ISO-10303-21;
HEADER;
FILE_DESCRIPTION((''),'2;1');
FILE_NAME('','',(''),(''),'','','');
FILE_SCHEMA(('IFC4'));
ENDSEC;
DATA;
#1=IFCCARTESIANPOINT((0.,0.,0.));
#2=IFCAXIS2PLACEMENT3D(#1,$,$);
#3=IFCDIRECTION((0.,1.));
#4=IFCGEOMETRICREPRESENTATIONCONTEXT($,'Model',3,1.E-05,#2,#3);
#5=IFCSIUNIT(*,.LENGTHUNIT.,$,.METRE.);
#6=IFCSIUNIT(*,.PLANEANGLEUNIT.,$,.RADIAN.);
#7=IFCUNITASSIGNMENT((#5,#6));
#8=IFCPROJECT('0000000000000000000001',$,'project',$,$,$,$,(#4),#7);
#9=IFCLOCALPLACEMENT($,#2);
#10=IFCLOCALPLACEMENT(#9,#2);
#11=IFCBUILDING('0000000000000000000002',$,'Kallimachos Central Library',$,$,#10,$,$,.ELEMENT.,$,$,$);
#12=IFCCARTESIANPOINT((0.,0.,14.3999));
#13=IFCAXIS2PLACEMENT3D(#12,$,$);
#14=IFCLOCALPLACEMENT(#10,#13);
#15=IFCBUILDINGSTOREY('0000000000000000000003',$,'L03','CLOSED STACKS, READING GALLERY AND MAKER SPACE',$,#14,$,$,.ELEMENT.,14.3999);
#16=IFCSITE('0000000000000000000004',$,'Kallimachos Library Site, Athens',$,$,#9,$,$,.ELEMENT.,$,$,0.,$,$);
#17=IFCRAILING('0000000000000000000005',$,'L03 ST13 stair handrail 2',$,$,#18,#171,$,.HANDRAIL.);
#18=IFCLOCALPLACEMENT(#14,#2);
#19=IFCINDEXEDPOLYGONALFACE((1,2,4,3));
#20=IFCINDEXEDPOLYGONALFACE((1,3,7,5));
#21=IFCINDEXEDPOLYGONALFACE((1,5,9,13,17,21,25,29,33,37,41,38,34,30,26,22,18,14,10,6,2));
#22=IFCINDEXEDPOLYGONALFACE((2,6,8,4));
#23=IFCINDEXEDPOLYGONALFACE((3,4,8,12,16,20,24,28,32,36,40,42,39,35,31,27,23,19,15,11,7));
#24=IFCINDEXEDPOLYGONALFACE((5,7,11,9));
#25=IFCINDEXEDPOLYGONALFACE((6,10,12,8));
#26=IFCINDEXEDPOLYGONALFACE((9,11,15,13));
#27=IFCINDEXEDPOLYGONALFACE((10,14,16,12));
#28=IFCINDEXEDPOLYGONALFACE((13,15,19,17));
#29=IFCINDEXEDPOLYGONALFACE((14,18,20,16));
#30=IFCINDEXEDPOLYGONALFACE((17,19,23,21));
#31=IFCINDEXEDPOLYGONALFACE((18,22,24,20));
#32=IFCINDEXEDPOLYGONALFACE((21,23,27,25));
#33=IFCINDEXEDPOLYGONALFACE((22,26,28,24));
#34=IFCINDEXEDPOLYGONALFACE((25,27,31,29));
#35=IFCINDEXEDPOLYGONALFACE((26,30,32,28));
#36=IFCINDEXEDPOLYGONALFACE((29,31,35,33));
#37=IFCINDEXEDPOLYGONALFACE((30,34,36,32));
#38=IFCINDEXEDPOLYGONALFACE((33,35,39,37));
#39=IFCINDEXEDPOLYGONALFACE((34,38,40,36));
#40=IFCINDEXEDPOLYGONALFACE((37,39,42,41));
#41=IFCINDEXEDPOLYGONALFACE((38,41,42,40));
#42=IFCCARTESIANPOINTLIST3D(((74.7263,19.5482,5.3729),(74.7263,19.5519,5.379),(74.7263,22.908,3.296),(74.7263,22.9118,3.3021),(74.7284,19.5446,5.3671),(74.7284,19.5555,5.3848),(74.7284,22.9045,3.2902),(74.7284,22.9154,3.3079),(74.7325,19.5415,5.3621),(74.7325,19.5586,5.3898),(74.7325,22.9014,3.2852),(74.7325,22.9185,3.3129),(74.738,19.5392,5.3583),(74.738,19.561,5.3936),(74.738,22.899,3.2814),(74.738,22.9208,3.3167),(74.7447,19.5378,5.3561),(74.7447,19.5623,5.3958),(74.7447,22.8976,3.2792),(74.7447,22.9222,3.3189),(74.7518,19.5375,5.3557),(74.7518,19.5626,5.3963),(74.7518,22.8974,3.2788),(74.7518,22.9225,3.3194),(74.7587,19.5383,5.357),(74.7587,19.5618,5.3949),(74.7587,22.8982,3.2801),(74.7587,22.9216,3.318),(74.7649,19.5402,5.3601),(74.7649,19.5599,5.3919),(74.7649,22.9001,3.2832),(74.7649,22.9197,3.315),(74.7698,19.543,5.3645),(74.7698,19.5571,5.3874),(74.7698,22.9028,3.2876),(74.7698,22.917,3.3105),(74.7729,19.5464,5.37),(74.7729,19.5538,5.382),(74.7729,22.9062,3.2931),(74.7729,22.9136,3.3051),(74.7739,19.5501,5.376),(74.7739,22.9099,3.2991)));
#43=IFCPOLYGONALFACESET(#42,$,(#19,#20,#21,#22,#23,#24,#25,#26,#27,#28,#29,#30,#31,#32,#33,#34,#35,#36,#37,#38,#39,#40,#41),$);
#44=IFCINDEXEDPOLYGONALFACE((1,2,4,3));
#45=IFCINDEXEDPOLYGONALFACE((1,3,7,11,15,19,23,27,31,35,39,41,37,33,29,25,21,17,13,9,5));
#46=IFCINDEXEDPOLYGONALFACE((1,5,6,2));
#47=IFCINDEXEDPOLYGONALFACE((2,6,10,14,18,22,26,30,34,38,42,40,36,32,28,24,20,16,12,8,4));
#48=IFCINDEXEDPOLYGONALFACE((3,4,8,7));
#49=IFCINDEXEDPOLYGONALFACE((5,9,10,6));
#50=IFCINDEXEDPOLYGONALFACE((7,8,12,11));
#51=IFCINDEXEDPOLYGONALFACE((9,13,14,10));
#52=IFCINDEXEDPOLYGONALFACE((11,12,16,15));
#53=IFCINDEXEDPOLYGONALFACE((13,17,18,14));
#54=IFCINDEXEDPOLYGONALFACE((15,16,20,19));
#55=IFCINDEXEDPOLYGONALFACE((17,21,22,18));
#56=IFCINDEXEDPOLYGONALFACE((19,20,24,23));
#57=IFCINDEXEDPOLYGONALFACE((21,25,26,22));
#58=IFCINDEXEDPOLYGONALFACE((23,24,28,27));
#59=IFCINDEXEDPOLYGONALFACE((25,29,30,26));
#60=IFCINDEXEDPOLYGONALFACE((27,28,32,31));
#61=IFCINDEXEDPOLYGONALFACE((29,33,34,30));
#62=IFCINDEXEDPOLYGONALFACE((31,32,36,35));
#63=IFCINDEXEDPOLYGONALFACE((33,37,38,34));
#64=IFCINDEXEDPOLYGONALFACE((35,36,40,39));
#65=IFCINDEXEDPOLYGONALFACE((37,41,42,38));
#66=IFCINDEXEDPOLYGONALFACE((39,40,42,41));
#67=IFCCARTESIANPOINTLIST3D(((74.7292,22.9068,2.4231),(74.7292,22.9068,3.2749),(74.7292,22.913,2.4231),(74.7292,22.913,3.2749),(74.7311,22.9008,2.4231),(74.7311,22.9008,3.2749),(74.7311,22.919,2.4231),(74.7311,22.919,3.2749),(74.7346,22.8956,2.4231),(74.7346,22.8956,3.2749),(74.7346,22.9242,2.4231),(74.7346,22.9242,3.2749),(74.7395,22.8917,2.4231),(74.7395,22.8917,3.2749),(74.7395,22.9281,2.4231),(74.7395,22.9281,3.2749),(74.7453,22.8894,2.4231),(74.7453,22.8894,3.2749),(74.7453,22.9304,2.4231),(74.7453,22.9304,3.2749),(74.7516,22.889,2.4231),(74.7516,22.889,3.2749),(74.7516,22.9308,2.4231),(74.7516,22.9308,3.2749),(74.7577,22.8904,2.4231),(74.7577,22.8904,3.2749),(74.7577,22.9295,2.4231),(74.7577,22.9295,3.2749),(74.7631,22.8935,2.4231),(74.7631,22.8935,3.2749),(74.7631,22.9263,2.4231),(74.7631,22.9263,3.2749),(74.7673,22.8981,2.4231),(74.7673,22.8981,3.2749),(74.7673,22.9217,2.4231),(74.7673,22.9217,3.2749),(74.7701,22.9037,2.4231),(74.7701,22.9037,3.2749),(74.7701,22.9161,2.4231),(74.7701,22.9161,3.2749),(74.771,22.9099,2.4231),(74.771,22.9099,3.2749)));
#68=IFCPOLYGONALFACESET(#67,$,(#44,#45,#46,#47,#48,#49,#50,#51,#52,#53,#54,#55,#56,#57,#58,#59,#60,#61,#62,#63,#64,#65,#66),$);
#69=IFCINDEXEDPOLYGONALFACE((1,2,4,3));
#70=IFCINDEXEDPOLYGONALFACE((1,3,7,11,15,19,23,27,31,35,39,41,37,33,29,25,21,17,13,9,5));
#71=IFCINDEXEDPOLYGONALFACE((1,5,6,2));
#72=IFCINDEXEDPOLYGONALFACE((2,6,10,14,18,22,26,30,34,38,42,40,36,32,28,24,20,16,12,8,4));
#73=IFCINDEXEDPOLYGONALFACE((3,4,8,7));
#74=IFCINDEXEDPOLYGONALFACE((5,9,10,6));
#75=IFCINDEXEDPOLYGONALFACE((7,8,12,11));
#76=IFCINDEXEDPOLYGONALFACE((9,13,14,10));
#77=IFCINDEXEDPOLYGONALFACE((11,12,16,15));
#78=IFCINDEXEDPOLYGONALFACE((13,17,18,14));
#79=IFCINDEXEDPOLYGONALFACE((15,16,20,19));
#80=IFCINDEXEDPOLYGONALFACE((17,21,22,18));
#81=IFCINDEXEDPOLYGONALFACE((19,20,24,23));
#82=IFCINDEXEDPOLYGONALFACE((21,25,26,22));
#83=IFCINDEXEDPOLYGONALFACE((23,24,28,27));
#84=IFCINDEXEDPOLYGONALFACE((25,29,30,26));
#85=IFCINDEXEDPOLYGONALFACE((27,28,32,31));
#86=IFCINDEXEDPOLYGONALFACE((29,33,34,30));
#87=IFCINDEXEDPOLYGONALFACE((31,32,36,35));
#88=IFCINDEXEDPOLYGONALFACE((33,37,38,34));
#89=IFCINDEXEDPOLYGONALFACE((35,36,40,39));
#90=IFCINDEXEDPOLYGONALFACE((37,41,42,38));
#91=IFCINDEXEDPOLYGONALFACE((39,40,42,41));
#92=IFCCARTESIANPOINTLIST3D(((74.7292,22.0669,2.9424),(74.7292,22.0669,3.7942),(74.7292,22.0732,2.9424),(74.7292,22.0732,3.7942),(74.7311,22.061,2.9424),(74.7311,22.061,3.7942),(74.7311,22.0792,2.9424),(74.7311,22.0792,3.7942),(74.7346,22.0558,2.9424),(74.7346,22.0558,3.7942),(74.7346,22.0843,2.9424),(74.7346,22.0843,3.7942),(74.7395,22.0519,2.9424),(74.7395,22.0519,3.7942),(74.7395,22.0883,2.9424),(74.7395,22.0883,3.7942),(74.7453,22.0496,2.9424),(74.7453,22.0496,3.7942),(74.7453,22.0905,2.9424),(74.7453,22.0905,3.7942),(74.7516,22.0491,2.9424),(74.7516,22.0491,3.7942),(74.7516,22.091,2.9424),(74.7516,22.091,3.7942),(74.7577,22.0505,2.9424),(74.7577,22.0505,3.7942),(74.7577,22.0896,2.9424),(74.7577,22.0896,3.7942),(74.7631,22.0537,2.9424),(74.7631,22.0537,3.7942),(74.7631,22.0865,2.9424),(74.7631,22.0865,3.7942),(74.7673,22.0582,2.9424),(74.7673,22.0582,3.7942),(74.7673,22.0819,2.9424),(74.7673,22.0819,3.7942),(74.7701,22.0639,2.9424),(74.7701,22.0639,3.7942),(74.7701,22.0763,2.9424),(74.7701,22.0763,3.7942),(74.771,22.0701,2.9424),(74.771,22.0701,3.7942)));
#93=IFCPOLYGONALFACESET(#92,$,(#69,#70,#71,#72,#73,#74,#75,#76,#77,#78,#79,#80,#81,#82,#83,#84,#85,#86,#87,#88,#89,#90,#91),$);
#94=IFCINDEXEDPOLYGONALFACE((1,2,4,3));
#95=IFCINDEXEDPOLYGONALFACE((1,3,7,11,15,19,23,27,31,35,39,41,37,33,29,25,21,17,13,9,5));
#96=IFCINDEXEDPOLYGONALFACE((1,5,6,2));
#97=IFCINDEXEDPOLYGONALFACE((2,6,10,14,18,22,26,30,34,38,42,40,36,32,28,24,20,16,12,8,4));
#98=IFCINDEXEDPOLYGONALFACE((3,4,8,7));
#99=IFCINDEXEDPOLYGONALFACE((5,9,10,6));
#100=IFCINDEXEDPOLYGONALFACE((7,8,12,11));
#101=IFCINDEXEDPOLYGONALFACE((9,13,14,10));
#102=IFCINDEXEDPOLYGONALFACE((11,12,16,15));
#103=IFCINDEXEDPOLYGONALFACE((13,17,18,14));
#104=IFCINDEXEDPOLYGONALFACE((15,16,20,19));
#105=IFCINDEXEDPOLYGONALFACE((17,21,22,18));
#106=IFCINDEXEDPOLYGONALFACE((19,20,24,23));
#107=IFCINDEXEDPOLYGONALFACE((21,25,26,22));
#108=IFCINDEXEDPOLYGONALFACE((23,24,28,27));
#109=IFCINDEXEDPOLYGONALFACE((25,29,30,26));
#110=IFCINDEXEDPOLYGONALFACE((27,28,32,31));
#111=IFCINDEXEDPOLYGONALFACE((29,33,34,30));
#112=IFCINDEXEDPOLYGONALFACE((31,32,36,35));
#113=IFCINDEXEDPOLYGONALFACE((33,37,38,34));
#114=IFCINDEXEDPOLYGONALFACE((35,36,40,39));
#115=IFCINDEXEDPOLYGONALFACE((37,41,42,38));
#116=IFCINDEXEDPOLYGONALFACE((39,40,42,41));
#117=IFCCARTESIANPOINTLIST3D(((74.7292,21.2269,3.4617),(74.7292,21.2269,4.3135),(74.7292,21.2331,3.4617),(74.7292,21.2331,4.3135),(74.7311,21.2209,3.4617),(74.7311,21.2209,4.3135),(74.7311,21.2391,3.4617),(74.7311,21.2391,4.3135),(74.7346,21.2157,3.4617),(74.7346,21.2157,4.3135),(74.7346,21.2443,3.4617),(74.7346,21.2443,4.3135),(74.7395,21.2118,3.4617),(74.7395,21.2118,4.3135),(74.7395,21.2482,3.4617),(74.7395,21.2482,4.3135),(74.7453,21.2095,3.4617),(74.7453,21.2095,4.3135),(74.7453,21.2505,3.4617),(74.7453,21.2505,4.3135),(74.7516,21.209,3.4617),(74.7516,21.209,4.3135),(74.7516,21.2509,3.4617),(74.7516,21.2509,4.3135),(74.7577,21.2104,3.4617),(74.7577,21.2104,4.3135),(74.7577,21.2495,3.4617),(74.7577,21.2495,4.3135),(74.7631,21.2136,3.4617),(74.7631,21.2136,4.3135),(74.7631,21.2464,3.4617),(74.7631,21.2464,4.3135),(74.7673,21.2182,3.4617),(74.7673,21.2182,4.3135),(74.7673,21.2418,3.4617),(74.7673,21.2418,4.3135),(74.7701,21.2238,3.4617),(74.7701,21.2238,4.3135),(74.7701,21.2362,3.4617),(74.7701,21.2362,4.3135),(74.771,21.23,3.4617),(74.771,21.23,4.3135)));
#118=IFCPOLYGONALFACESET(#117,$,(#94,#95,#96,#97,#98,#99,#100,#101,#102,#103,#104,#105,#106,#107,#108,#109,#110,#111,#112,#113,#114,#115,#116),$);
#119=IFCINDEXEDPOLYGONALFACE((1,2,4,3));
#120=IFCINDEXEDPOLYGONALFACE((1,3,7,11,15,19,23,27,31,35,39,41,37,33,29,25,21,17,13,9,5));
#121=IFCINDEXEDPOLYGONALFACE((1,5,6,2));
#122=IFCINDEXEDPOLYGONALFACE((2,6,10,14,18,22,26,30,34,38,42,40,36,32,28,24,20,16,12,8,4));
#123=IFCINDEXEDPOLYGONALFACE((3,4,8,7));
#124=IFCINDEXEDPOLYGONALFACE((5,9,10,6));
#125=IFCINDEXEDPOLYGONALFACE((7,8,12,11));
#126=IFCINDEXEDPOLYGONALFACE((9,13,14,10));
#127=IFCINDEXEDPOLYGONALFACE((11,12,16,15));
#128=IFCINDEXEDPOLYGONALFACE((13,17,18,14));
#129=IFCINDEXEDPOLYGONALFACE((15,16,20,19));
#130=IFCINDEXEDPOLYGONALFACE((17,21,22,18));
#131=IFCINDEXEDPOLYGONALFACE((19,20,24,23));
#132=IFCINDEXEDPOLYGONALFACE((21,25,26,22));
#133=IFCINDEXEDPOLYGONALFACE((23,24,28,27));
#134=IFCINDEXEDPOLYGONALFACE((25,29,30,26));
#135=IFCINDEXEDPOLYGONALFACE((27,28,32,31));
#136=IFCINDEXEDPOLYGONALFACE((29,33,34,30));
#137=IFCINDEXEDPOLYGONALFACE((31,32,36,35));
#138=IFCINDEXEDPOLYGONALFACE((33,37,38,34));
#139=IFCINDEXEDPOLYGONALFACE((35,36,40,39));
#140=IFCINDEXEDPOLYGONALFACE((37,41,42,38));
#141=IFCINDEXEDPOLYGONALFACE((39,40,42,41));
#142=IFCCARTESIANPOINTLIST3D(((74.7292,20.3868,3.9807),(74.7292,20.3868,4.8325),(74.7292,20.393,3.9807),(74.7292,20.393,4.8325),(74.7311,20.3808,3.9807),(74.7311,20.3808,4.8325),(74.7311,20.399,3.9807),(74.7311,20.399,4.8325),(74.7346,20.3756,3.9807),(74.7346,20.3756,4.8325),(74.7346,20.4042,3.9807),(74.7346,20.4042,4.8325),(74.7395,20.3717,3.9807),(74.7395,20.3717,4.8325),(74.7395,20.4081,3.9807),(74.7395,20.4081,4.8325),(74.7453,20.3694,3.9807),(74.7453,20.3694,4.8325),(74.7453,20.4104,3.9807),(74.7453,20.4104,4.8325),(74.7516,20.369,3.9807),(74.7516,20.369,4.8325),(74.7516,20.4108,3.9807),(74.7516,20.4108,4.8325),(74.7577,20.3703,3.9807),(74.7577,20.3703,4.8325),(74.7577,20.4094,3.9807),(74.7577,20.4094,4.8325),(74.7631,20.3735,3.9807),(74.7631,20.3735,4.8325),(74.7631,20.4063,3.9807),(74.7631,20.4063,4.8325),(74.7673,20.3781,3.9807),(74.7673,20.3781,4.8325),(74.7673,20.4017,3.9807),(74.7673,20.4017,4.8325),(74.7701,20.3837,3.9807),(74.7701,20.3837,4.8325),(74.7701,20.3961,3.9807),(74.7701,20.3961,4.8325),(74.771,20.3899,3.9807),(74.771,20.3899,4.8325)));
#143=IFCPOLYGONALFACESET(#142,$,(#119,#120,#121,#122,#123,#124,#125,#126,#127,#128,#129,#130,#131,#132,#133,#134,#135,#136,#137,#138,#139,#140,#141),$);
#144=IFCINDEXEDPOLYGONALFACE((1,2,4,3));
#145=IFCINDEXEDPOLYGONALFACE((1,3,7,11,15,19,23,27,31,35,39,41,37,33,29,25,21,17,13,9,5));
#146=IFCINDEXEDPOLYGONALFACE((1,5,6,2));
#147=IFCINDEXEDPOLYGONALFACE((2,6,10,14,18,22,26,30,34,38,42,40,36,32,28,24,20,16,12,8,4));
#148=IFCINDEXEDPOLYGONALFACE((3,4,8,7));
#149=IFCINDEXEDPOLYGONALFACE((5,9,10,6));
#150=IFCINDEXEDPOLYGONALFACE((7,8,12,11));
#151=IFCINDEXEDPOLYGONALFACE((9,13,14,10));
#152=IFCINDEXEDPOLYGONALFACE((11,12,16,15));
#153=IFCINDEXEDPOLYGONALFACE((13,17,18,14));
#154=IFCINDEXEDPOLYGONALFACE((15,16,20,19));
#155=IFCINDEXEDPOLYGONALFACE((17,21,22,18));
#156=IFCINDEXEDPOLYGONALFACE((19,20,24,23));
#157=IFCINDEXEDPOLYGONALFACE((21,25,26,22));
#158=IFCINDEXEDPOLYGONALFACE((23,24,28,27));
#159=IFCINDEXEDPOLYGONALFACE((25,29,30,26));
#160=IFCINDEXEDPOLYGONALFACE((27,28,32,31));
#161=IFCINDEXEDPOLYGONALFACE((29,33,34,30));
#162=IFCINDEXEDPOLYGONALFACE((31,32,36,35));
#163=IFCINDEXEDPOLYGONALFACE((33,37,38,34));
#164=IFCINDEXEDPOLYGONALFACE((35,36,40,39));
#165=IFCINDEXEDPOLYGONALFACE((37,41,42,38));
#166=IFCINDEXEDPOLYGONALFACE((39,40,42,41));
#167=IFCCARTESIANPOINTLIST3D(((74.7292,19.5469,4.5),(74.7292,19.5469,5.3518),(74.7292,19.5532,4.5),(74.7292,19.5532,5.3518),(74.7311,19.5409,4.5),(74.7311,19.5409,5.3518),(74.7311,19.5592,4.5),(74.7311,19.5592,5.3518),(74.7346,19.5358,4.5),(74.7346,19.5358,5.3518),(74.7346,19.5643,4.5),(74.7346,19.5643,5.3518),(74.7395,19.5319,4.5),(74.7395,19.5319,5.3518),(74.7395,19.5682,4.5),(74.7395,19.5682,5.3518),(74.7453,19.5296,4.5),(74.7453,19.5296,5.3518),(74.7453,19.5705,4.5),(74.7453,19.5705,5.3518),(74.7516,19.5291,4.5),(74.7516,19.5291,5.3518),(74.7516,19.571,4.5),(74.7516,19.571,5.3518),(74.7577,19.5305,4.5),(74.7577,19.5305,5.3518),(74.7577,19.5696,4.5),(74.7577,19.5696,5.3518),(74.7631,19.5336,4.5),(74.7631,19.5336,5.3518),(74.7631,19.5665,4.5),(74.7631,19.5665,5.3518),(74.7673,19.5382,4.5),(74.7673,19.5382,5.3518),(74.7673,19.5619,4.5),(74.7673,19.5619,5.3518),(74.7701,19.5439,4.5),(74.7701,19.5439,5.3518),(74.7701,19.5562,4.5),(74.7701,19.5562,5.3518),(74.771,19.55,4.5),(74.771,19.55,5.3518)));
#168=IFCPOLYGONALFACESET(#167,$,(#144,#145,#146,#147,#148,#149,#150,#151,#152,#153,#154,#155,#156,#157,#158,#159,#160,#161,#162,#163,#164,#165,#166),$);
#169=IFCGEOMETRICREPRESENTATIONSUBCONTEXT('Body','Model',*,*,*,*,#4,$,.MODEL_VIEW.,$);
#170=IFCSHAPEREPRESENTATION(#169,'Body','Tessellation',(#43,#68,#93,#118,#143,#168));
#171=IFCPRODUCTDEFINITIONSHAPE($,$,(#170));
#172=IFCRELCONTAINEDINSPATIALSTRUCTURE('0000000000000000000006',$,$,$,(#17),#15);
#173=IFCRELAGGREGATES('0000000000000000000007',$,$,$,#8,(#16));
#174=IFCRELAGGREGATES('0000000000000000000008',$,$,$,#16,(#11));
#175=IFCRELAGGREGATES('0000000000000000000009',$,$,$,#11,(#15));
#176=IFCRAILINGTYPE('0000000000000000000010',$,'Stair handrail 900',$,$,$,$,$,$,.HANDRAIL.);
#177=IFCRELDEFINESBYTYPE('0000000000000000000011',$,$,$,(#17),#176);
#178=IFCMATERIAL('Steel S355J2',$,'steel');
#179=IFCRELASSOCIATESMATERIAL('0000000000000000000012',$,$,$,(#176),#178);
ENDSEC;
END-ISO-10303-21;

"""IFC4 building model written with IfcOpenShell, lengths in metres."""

from ifc_helpers import new_model, si_unit, direction, frame, origin, origin_2d, place, context, subcontext, project, spatial, circle, extrude, material, type_object, element, save


model = new_model("IFC4")

# Units and contexts
model_context = context("Model", 3, precision=1e-05, world=origin(), true_north=direction((0.0, 1.0)))
body_context = subcontext(model_context, "Body", "Model", "MODEL_VIEW")
ifc_project = project(units=[si_unit("LENGTHUNIT", "METRE"), si_unit("PLANEANGLEUNIT", "RADIAN")], contexts=[model_context])

# Site, building, storey
site_placement = place(None, origin())
site = spatial("IfcSite", under=ifc_project, at=site_placement, Name="Kallimachos Library Site, Athens", CompositionType="ELEMENT", RefElevation=0.0)
building_placement = place(site_placement, origin())
building = spatial("IfcBuilding", under=site, at=building_placement, Name="Kallimachos Central Library", CompositionType="ELEMENT")
storey_placement = place(building_placement, frame((0.0, 0.0, 14.3999)))
storey = spatial("IfcBuildingStorey", under=building, at=storey_placement, Name="L03", Description="CLOSED STACKS, READING GALLERY AND MAKER SPACE", CompositionType="ELEMENT", Elevation=14.3999)

# Railing
ifc_material_1 = material(Name="Steel S355J2", Category="steel")
railing_type_1 = type_object("IfcRailingType", Name="Stair handrail 900", PredefinedType="HANDRAIL", material=ifc_material_1)
railing_1_placement = place(storey_placement, frame((74.75, 22.9099, 2.4231)))
element("IfcRailing", 1, at=railing_1_placement, inside=storey, type_object=railing_type_1, Name="L03 ST13 stair handrail 2", PredefinedType="HANDRAIL", context=body_context, shape_type="SweptSolid", body=[
    extrude(circle(Radius=0.0239, at=origin_2d()), frame((0.0, 0.0, 0.876), z_axis=(0.0, -0.850606, 0.525803), x_axis=(1.0, 0.0, 0.0)), (0.0, 0.0, 1.0), 3.95),
    extrude(circle(Radius=0.021, at=origin_2d()), origin(), (0.0, 0.0, 1.0), 0.8518),
    extrude(circle(Radius=0.021, at=origin_2d()), frame((0.0, -0.8398, 0.5193)), (0.0, 0.0, 1.0), 0.8518),
    extrude(circle(Radius=0.021, at=origin_2d()), frame((0.0, -1.6799, 1.0386)), (0.0, 0.0, 1.0), 0.8518),
    extrude(circle(Radius=0.021, at=origin_2d()), frame((0.0, -2.52, 1.5576)), (0.0, 0.0, 1.0), 0.8518),
    extrude(circle(Radius=0.021, at=origin_2d()), frame((0.0, -3.3599, 2.0769)), (0.0, 0.0, 1.0), 0.8518),
])

save(model, "model.ifc")
